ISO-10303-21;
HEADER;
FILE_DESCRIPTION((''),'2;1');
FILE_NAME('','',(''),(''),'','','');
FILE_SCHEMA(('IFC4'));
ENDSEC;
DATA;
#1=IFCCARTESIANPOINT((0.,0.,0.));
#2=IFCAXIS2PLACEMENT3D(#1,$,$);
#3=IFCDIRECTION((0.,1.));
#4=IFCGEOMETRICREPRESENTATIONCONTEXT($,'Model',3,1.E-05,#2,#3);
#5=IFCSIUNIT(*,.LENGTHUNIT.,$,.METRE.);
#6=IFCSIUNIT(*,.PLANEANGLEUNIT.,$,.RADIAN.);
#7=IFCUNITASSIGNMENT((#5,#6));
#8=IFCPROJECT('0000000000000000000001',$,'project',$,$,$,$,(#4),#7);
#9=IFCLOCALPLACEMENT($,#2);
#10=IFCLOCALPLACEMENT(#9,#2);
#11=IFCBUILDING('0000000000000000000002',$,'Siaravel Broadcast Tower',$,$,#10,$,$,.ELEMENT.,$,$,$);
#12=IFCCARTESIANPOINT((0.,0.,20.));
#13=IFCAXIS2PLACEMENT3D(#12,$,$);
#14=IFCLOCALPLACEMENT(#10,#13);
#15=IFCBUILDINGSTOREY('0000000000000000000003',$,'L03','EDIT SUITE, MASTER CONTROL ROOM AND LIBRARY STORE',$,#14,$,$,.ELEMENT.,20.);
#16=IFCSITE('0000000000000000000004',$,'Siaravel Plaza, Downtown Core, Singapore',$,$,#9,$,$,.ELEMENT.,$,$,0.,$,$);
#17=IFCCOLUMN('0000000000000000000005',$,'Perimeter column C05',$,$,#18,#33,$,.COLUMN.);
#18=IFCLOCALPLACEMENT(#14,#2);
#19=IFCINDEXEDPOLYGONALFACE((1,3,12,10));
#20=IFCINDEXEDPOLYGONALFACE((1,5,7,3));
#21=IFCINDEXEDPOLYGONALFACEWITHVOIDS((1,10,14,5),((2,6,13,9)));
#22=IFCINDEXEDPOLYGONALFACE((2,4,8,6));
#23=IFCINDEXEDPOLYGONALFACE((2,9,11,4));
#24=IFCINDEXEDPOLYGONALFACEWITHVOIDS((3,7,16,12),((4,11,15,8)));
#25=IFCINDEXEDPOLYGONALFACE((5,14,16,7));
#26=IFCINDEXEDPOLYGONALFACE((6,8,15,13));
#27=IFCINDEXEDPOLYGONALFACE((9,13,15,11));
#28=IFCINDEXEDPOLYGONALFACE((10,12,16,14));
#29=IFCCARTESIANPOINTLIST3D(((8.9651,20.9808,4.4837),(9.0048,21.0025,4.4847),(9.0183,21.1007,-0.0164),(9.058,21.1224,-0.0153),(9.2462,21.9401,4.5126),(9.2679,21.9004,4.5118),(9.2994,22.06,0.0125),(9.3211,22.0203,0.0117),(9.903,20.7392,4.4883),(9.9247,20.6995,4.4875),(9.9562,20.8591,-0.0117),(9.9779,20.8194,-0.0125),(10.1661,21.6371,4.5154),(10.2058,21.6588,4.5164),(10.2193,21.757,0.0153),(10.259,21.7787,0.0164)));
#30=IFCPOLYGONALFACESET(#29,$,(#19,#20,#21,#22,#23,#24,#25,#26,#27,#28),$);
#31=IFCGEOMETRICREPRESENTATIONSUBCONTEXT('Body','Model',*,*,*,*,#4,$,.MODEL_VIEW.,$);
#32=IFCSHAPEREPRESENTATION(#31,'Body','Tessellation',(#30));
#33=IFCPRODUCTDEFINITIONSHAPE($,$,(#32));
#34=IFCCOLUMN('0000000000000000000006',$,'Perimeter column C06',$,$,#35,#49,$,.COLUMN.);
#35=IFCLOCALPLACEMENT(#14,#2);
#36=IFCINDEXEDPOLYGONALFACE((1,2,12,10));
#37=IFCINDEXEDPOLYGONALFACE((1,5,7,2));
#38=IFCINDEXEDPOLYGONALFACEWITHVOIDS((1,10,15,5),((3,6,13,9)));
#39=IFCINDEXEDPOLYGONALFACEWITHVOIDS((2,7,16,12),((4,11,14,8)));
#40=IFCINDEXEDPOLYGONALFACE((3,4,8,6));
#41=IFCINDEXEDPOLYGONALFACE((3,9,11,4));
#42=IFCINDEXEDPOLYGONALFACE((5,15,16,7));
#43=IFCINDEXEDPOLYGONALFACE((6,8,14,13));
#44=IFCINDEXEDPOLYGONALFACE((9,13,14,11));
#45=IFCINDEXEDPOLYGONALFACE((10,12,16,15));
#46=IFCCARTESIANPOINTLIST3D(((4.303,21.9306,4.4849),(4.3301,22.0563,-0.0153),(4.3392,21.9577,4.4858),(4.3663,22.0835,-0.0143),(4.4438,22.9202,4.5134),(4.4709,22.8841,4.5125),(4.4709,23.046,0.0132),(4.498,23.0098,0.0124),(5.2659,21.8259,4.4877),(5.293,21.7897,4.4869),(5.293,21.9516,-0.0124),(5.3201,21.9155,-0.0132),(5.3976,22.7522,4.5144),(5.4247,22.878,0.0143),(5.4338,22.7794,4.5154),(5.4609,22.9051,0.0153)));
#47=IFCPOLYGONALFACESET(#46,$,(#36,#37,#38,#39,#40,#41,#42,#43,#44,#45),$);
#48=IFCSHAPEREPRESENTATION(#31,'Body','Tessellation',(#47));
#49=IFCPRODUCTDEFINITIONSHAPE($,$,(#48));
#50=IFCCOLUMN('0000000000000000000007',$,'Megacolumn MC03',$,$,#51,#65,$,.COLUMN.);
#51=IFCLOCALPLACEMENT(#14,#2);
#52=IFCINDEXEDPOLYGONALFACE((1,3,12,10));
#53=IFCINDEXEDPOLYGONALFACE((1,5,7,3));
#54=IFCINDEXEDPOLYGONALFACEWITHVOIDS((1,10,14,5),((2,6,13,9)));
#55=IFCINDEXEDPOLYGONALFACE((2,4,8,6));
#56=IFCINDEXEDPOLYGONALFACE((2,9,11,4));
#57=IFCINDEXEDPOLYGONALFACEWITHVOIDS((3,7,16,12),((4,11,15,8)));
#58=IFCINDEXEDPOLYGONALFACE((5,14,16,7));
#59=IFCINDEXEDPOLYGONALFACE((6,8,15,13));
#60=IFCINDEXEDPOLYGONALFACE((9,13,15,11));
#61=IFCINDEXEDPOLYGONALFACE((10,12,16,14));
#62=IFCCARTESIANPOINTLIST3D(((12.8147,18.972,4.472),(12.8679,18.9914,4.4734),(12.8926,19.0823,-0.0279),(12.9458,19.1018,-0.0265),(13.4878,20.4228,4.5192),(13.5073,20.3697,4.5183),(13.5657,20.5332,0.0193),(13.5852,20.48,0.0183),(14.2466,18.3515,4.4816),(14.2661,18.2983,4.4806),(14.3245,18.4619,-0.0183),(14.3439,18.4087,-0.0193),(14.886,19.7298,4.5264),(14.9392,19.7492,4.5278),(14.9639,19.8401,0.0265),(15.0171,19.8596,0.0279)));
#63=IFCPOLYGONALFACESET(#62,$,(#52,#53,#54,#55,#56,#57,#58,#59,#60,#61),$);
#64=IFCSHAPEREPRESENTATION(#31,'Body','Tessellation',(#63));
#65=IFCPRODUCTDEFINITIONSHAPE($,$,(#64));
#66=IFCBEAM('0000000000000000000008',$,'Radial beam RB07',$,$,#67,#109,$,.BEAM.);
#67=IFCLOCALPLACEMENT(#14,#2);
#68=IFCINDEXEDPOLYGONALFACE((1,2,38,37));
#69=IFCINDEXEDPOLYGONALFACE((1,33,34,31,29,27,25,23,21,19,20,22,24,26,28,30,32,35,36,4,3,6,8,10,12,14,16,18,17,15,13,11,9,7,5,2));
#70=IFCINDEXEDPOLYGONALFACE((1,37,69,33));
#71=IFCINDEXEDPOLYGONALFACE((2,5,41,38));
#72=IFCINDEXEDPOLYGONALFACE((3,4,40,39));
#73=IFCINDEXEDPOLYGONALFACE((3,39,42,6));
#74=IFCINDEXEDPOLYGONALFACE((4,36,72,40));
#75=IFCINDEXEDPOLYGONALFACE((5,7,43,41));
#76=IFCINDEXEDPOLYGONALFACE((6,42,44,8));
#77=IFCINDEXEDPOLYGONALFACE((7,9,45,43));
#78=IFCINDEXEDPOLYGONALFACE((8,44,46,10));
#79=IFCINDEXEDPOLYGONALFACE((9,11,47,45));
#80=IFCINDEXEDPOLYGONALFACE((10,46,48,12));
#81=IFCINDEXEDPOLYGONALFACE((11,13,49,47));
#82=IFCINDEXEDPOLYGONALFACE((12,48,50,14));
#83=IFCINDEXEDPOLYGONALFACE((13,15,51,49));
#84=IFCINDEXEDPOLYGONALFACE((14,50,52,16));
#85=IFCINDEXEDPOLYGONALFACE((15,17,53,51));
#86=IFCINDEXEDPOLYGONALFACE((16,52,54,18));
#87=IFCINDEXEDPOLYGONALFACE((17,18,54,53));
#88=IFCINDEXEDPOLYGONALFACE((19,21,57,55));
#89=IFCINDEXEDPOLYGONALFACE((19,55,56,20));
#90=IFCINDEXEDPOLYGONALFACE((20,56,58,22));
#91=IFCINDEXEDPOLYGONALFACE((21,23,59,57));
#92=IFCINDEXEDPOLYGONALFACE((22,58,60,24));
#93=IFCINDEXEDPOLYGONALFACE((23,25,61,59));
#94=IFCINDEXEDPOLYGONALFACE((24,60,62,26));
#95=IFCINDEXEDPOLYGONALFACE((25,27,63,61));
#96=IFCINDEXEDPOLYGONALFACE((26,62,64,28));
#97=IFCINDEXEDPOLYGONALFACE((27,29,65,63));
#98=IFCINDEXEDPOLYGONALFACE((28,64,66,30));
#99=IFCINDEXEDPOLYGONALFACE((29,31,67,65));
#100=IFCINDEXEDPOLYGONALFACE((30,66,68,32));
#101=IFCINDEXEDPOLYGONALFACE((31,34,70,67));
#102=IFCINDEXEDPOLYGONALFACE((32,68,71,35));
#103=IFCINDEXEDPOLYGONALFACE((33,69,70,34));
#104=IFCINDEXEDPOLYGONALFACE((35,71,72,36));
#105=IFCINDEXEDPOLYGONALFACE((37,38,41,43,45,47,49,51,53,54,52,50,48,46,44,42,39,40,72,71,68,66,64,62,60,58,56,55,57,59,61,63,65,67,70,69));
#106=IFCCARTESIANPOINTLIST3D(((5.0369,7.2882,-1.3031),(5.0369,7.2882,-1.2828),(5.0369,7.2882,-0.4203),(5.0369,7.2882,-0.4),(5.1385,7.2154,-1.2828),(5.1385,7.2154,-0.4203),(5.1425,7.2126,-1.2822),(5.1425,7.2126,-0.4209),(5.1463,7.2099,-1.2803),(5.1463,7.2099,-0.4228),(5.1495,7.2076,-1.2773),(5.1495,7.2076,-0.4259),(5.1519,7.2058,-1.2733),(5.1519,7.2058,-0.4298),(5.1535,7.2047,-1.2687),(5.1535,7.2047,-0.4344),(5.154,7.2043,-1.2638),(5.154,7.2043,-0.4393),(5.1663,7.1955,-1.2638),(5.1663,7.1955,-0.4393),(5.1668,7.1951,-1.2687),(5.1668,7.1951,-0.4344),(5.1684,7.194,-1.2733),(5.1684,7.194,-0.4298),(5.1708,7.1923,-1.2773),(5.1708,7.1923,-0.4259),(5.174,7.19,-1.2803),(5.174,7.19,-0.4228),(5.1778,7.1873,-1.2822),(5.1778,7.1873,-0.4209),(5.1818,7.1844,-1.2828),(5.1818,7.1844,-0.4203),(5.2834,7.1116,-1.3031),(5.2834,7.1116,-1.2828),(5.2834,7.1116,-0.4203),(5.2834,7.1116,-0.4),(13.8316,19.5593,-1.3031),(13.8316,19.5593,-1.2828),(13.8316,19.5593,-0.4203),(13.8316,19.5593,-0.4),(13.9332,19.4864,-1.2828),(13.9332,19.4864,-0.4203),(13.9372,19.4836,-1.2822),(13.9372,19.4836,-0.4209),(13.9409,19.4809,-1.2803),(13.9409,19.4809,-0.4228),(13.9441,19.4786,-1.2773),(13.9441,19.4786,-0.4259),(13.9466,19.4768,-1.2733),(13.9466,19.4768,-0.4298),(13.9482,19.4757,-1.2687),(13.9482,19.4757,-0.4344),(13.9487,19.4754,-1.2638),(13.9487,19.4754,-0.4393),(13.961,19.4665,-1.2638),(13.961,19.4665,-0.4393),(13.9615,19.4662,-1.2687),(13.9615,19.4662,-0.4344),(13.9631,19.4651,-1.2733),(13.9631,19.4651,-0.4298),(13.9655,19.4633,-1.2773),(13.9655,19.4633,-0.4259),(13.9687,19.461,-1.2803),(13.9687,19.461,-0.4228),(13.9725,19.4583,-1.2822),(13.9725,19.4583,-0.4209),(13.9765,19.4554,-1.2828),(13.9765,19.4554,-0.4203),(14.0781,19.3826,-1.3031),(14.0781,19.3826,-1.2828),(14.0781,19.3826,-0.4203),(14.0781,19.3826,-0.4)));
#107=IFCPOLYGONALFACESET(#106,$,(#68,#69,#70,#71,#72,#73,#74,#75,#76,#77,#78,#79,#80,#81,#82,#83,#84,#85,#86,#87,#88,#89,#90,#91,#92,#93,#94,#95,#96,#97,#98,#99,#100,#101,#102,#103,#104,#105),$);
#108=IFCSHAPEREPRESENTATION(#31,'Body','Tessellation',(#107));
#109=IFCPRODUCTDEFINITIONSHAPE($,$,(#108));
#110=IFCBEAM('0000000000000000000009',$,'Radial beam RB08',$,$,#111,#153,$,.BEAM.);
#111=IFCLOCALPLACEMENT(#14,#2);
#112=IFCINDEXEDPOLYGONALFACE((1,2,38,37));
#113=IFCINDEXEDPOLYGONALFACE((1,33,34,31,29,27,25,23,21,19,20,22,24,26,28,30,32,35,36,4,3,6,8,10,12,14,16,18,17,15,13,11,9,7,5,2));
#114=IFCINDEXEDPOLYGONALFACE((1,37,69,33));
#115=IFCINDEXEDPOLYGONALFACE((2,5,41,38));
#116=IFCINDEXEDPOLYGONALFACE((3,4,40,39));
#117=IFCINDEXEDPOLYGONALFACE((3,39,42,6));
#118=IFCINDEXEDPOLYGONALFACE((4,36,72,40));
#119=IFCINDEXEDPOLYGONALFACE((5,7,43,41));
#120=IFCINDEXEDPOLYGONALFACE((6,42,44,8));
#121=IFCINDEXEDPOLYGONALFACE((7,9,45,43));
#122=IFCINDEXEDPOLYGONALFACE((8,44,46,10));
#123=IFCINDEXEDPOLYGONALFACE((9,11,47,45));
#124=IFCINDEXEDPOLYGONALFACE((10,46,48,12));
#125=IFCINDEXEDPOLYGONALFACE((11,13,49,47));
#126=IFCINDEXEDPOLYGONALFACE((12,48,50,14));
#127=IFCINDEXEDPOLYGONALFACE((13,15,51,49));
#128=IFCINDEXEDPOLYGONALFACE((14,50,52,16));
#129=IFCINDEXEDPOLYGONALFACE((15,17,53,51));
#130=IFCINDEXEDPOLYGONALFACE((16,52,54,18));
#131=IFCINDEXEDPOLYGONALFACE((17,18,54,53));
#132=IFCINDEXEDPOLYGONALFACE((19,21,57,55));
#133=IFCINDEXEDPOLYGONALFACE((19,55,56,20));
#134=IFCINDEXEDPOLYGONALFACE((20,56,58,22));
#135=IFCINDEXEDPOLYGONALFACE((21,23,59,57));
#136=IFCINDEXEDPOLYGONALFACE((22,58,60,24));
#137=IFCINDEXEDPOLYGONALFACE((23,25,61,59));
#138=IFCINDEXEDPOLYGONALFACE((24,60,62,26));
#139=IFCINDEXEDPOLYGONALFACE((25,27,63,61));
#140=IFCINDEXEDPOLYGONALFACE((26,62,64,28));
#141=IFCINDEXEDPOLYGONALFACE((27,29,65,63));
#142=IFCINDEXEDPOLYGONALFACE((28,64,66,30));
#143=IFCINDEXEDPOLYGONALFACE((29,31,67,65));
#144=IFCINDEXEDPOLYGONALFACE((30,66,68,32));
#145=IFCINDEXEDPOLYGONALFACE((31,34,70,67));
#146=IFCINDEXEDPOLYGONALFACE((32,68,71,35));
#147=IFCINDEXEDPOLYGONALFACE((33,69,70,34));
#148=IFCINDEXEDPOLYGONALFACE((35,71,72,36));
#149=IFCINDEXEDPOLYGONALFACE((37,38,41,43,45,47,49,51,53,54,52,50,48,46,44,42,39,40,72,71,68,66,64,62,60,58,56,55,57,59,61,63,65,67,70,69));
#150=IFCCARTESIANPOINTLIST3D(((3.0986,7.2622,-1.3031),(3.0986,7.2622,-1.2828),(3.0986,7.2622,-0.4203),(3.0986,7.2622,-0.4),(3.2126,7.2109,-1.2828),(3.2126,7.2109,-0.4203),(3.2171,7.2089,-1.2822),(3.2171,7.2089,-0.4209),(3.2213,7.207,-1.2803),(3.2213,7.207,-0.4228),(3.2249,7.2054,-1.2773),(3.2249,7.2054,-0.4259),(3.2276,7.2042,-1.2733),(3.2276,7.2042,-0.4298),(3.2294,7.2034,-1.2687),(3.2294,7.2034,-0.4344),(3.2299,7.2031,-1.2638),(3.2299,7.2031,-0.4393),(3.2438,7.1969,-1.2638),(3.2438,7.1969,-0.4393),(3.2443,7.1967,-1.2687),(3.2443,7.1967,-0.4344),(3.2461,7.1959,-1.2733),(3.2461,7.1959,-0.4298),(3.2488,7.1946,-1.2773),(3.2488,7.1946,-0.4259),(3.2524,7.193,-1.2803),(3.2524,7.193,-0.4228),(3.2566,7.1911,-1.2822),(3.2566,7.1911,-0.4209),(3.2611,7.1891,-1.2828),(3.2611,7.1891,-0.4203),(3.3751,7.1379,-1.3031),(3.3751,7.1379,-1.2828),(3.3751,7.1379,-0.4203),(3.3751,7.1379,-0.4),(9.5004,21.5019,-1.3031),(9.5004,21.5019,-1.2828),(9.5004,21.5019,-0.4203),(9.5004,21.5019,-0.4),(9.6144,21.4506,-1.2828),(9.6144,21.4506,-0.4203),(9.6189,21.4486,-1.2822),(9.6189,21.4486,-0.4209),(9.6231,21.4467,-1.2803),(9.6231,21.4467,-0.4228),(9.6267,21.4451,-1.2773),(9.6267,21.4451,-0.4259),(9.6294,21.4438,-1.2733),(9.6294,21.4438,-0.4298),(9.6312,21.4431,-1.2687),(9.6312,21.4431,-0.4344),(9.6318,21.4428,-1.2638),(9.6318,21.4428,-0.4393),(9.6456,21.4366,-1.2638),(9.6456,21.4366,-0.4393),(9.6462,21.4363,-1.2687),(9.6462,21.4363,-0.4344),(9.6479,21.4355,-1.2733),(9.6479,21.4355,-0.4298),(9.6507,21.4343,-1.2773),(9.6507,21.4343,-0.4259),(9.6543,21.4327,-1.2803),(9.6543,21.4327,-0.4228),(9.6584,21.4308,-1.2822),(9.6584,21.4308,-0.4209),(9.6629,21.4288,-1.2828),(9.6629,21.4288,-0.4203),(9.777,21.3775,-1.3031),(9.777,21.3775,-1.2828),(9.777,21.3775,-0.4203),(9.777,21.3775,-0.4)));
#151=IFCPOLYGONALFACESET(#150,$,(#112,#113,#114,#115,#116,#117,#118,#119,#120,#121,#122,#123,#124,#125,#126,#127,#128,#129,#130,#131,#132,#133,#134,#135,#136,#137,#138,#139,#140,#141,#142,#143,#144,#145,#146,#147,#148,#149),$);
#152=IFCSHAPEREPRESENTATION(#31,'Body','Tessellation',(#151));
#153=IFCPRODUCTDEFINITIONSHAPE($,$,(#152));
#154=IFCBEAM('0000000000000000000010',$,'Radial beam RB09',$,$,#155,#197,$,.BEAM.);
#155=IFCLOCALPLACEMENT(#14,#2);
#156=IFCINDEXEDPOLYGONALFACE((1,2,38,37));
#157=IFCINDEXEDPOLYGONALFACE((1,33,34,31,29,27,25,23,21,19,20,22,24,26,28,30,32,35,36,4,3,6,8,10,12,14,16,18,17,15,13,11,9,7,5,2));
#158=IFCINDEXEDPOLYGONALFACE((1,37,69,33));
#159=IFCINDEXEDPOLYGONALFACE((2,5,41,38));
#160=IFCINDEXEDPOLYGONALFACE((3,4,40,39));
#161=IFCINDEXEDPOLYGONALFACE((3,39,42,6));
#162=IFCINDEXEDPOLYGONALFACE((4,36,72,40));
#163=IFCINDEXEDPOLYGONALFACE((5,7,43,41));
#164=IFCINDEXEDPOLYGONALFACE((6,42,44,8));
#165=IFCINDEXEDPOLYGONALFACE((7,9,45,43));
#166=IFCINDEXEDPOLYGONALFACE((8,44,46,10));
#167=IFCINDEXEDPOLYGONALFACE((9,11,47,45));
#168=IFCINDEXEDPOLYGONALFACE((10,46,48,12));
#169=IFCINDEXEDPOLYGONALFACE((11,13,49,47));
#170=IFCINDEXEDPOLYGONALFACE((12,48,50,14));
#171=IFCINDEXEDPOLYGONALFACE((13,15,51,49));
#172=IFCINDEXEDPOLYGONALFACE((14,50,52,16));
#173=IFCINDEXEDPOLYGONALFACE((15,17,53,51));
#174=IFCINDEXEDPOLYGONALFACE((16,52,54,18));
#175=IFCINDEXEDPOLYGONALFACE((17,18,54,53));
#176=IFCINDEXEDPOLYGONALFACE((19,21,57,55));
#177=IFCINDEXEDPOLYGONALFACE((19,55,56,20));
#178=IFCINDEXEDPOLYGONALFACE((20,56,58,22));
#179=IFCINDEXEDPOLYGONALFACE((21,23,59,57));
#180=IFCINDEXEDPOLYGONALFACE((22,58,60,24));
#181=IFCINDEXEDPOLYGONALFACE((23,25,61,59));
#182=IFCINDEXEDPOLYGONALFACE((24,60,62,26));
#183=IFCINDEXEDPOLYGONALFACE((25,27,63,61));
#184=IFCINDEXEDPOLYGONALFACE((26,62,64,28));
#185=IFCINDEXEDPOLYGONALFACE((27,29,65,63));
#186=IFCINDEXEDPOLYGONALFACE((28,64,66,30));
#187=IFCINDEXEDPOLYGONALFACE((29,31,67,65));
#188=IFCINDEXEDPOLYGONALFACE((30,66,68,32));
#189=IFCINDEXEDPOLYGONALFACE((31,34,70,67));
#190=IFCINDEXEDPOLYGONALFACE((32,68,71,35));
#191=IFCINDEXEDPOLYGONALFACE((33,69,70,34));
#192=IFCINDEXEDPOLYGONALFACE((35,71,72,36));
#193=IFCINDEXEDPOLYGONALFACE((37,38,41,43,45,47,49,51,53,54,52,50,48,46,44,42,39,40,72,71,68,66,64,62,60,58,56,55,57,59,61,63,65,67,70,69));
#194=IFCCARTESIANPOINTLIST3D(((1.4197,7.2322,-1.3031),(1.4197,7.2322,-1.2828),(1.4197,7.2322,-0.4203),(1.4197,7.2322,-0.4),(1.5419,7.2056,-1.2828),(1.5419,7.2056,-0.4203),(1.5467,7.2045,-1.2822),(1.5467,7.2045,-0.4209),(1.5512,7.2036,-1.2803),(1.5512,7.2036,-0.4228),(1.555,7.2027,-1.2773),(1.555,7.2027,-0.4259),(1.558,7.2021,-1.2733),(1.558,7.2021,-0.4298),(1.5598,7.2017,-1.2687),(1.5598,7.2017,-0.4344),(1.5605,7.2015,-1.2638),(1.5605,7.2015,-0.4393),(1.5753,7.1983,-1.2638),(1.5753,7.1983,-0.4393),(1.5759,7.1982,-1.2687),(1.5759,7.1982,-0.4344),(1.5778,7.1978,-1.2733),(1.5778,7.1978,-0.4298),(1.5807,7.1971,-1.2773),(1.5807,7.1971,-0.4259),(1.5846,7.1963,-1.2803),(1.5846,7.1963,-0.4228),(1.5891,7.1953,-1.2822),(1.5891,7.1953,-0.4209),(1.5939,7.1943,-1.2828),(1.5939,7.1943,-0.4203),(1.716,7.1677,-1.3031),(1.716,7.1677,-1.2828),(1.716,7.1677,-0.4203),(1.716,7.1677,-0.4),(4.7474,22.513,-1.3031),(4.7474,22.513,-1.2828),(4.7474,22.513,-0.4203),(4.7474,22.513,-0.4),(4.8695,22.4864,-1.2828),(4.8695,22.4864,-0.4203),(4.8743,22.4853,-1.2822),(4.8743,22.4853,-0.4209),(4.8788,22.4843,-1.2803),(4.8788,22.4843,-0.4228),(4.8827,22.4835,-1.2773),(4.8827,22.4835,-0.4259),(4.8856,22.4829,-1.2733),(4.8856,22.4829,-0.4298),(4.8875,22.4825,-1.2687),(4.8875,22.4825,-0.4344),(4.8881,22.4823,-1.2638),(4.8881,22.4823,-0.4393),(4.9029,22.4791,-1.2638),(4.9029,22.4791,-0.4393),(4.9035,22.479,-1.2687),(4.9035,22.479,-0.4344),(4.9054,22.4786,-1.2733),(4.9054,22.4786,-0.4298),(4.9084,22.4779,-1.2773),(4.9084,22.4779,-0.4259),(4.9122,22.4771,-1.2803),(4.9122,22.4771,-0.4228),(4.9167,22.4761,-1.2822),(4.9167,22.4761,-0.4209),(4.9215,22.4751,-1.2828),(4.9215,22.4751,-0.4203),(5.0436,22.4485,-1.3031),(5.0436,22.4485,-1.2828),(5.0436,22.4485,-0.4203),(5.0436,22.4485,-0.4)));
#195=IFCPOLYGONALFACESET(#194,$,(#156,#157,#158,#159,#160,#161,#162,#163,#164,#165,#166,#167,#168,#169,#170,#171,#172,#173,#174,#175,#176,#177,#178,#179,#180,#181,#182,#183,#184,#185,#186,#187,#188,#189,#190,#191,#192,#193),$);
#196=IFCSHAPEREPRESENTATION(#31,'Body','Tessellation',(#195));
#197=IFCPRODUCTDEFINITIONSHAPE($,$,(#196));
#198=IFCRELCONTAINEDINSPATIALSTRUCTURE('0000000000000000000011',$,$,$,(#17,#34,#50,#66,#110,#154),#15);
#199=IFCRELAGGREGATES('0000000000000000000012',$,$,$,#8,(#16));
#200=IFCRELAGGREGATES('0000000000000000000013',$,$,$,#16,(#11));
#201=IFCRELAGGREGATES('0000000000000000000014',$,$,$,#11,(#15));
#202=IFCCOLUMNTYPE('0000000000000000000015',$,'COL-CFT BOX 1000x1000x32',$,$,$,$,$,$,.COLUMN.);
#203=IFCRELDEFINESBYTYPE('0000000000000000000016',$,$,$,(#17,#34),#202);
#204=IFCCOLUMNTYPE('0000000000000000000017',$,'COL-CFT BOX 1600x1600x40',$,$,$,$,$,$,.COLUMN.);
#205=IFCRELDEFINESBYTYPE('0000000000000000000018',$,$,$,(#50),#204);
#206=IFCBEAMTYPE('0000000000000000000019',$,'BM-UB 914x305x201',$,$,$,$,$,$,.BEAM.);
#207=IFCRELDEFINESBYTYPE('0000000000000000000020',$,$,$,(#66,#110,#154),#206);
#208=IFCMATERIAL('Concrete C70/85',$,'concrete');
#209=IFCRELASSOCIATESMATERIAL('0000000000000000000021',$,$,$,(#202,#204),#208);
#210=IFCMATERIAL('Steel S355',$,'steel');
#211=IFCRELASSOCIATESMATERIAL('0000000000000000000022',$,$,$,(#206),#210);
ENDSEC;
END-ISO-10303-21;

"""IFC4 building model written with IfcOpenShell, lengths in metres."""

from ifc_helpers import new_model, si_unit, direction, frame, origin, origin_2d, place, context, subcontext, project, spatial, hollow_rectangle, i_section, extrude, material, material_profile, profile_set, type_object, element, save


model = new_model("IFC4")

# Units and contexts
model_context = context("Model", 3, precision=1e-05, world=origin(), true_north=direction((0.0, 1.0)))
body_context = subcontext(model_context, "Body", "Model", "MODEL_VIEW")
ifc_project = project(units=[si_unit("LENGTHUNIT", "METRE"), si_unit("PLANEANGLEUNIT", "RADIAN")], contexts=[model_context])

# Site, building, storey
site_placement = place(None, origin())
site = spatial("IfcSite", under=ifc_project, at=site_placement, Name="Siaravel Plaza, Downtown Core, Singapore", CompositionType="ELEMENT", RefElevation=0.0)
building_placement = place(site_placement, origin())
building = spatial("IfcBuilding", under=site, at=building_placement, Name="Siaravel Broadcast Tower", CompositionType="ELEMENT")
storey_placement = place(building_placement, frame((0.0, 0.0, 20.0)))
storey = spatial("IfcBuildingStorey", under=building, at=storey_placement, Name="L03", Description="EDIT SUITE, MASTER CONTROL ROOM AND LIBRARY STORE", CompositionType="ELEMENT", Elevation=20.0)

# Columns
ifc_material_1 = material(Name="Concrete C70/85", Category="concrete")
ifc_material_profile_1 = material_profile(ifc_material_1, hollow_rectangle(XDim=1.0, YDim=1.0, WallThickness=0.032, at=origin_2d()))
ifc_profile_set_1 = profile_set([ifc_material_profile_1], Name="Concrete C70/85")
column_type_1 = type_object("IfcColumnType", Name="COL-CFT BOX 1000x1000x32", PredefinedType="COLUMN", material=ifc_profile_set_1)
for number, where, z_axis, x_axis, name in (
    (1, (9.6387, 21.4397, 0.0), (-0.011822, -0.026627, 0.999576), (0.959612, -0.281301, 0.003856), "Perimeter column C05"),
    (2, (4.8955, 22.4807, 0.0), (-0.00602, -0.027929, 0.999592), (0.990027, -0.140862, 0.002026), "Perimeter column C06"),
):
    element("IfcColumn", number, at=place(storey_placement, frame(where, z_axis=z_axis, x_axis=x_axis)), inside=storey, type_object=column_type_1, Name=name, PredefinedType="COLUMN", context=body_context, shape_type="SweptSolid", body=[
        extrude(hollow_rectangle(XDim=1.0, YDim=1.0, WallThickness=0.032, at=origin_2d()), origin(), (0.0, 0.0, 1.0), 4.502),
    ])
ifc_material_profile_2 = material_profile(ifc_material_1, hollow_rectangle(XDim=1.6001, YDim=1.6001, WallThickness=0.04, at=origin_2d()))
ifc_profile_set_2 = profile_set([ifc_material_profile_2], Name="Concrete C70/85")
column_type_2 = type_object("IfcColumnType", Name="COL-CFT BOX 1600x1600x40", PredefinedType="COLUMN", material=ifc_profile_set_2)
column_placement = place(storey_placement, frame((13.9548, 19.4709, 0.0), z_axis=(-0.017299, -0.024512, 0.99955), x_axis=(0.907044, -0.421001, 0.005374)))
element("IfcColumn", 3, at=column_placement, inside=storey, type_object=column_type_2, Name="Megacolumn MC03", PredefinedType="COLUMN", context=body_context, shape_type="SweptSolid", body=[
    extrude(hollow_rectangle(XDim=1.6001, YDim=1.6001, WallThickness=0.04, at=origin_2d()), origin(), (0.0, 0.0, 1.0), 4.502),
])

# Beams
ifc_material_2 = material(Name="Steel S355", Category="steel")
ifc_material_profile_3 = material_profile(ifc_material_2, i_section(OverallWidth=0.3032, OverallDepth=0.9031, WebThickness=0.0151, FlangeThickness=0.0203, FilletRadius=0.019, at=origin_2d()))
ifc_profile_set_3 = profile_set([ifc_material_profile_3], Name="Steel S355")
beam_type = type_object("IfcBeamType", Name="BM-UB 914x305x201", PredefinedType="BEAM", material=ifc_profile_set_3)
beam_1_placement = place(storey_placement, frame((13.9548, 19.4709, -0.8516), z_axis=(-0.582539, -0.812803, 0.0), x_axis=(0.812803, -0.582539, 0.0)))
element("IfcBeam", 4, at=beam_1_placement, inside=storey, type_object=beam_type, Name="Radial beam RB07", PredefinedType="BEAM", context=body_context, shape_type="SweptSolid", body=[
    extrude(i_section(OverallWidth=0.3032, OverallDepth=0.9031, WebThickness=0.0151, FlangeThickness=0.0203, FilletRadius=0.019, at=origin_2d()), origin(), (0.0, 0.0, 1.0), 15.0972),
])
beam_2_placement = place(storey_placement, frame((9.6387, 21.4397, -0.8516), z_axis=(-0.410043, -0.912066, 0.0), x_axis=(0.912066, -0.410043, 0.0)))
element("IfcBeam", 5, at=beam_2_placement, inside=storey, type_object=beam_type, Name="Radial beam RB08", PredefinedType="BEAM", context=body_context, shape_type="SweptSolid", body=[
    extrude(i_section(OverallWidth=0.3032, OverallDepth=0.9031, WebThickness=0.0151, FlangeThickness=0.0203, FilletRadius=0.019, at=origin_2d()), origin(), (0.0, 0.0, 1.0), 15.6125),
])
beam_3_placement = place(storey_placement, frame((4.8955, 22.4807, -0.8516), z_axis=(-0.21278, -0.9771, 0.0), x_axis=(0.9771, -0.21278, 0.0)))
element("IfcBeam", 6, at=beam_3_placement, inside=storey, type_object=beam_type, Name="Radial beam RB09", PredefinedType="BEAM", context=body_context, shape_type="SweptSolid", body=[
    extrude(i_section(OverallWidth=0.3032, OverallDepth=0.9031, WebThickness=0.0151, FlangeThickness=0.0203, FilletRadius=0.019, at=origin_2d()), origin(), (0.0, 0.0, 1.0), 15.6389),
])

save(model, "model.ifc")
